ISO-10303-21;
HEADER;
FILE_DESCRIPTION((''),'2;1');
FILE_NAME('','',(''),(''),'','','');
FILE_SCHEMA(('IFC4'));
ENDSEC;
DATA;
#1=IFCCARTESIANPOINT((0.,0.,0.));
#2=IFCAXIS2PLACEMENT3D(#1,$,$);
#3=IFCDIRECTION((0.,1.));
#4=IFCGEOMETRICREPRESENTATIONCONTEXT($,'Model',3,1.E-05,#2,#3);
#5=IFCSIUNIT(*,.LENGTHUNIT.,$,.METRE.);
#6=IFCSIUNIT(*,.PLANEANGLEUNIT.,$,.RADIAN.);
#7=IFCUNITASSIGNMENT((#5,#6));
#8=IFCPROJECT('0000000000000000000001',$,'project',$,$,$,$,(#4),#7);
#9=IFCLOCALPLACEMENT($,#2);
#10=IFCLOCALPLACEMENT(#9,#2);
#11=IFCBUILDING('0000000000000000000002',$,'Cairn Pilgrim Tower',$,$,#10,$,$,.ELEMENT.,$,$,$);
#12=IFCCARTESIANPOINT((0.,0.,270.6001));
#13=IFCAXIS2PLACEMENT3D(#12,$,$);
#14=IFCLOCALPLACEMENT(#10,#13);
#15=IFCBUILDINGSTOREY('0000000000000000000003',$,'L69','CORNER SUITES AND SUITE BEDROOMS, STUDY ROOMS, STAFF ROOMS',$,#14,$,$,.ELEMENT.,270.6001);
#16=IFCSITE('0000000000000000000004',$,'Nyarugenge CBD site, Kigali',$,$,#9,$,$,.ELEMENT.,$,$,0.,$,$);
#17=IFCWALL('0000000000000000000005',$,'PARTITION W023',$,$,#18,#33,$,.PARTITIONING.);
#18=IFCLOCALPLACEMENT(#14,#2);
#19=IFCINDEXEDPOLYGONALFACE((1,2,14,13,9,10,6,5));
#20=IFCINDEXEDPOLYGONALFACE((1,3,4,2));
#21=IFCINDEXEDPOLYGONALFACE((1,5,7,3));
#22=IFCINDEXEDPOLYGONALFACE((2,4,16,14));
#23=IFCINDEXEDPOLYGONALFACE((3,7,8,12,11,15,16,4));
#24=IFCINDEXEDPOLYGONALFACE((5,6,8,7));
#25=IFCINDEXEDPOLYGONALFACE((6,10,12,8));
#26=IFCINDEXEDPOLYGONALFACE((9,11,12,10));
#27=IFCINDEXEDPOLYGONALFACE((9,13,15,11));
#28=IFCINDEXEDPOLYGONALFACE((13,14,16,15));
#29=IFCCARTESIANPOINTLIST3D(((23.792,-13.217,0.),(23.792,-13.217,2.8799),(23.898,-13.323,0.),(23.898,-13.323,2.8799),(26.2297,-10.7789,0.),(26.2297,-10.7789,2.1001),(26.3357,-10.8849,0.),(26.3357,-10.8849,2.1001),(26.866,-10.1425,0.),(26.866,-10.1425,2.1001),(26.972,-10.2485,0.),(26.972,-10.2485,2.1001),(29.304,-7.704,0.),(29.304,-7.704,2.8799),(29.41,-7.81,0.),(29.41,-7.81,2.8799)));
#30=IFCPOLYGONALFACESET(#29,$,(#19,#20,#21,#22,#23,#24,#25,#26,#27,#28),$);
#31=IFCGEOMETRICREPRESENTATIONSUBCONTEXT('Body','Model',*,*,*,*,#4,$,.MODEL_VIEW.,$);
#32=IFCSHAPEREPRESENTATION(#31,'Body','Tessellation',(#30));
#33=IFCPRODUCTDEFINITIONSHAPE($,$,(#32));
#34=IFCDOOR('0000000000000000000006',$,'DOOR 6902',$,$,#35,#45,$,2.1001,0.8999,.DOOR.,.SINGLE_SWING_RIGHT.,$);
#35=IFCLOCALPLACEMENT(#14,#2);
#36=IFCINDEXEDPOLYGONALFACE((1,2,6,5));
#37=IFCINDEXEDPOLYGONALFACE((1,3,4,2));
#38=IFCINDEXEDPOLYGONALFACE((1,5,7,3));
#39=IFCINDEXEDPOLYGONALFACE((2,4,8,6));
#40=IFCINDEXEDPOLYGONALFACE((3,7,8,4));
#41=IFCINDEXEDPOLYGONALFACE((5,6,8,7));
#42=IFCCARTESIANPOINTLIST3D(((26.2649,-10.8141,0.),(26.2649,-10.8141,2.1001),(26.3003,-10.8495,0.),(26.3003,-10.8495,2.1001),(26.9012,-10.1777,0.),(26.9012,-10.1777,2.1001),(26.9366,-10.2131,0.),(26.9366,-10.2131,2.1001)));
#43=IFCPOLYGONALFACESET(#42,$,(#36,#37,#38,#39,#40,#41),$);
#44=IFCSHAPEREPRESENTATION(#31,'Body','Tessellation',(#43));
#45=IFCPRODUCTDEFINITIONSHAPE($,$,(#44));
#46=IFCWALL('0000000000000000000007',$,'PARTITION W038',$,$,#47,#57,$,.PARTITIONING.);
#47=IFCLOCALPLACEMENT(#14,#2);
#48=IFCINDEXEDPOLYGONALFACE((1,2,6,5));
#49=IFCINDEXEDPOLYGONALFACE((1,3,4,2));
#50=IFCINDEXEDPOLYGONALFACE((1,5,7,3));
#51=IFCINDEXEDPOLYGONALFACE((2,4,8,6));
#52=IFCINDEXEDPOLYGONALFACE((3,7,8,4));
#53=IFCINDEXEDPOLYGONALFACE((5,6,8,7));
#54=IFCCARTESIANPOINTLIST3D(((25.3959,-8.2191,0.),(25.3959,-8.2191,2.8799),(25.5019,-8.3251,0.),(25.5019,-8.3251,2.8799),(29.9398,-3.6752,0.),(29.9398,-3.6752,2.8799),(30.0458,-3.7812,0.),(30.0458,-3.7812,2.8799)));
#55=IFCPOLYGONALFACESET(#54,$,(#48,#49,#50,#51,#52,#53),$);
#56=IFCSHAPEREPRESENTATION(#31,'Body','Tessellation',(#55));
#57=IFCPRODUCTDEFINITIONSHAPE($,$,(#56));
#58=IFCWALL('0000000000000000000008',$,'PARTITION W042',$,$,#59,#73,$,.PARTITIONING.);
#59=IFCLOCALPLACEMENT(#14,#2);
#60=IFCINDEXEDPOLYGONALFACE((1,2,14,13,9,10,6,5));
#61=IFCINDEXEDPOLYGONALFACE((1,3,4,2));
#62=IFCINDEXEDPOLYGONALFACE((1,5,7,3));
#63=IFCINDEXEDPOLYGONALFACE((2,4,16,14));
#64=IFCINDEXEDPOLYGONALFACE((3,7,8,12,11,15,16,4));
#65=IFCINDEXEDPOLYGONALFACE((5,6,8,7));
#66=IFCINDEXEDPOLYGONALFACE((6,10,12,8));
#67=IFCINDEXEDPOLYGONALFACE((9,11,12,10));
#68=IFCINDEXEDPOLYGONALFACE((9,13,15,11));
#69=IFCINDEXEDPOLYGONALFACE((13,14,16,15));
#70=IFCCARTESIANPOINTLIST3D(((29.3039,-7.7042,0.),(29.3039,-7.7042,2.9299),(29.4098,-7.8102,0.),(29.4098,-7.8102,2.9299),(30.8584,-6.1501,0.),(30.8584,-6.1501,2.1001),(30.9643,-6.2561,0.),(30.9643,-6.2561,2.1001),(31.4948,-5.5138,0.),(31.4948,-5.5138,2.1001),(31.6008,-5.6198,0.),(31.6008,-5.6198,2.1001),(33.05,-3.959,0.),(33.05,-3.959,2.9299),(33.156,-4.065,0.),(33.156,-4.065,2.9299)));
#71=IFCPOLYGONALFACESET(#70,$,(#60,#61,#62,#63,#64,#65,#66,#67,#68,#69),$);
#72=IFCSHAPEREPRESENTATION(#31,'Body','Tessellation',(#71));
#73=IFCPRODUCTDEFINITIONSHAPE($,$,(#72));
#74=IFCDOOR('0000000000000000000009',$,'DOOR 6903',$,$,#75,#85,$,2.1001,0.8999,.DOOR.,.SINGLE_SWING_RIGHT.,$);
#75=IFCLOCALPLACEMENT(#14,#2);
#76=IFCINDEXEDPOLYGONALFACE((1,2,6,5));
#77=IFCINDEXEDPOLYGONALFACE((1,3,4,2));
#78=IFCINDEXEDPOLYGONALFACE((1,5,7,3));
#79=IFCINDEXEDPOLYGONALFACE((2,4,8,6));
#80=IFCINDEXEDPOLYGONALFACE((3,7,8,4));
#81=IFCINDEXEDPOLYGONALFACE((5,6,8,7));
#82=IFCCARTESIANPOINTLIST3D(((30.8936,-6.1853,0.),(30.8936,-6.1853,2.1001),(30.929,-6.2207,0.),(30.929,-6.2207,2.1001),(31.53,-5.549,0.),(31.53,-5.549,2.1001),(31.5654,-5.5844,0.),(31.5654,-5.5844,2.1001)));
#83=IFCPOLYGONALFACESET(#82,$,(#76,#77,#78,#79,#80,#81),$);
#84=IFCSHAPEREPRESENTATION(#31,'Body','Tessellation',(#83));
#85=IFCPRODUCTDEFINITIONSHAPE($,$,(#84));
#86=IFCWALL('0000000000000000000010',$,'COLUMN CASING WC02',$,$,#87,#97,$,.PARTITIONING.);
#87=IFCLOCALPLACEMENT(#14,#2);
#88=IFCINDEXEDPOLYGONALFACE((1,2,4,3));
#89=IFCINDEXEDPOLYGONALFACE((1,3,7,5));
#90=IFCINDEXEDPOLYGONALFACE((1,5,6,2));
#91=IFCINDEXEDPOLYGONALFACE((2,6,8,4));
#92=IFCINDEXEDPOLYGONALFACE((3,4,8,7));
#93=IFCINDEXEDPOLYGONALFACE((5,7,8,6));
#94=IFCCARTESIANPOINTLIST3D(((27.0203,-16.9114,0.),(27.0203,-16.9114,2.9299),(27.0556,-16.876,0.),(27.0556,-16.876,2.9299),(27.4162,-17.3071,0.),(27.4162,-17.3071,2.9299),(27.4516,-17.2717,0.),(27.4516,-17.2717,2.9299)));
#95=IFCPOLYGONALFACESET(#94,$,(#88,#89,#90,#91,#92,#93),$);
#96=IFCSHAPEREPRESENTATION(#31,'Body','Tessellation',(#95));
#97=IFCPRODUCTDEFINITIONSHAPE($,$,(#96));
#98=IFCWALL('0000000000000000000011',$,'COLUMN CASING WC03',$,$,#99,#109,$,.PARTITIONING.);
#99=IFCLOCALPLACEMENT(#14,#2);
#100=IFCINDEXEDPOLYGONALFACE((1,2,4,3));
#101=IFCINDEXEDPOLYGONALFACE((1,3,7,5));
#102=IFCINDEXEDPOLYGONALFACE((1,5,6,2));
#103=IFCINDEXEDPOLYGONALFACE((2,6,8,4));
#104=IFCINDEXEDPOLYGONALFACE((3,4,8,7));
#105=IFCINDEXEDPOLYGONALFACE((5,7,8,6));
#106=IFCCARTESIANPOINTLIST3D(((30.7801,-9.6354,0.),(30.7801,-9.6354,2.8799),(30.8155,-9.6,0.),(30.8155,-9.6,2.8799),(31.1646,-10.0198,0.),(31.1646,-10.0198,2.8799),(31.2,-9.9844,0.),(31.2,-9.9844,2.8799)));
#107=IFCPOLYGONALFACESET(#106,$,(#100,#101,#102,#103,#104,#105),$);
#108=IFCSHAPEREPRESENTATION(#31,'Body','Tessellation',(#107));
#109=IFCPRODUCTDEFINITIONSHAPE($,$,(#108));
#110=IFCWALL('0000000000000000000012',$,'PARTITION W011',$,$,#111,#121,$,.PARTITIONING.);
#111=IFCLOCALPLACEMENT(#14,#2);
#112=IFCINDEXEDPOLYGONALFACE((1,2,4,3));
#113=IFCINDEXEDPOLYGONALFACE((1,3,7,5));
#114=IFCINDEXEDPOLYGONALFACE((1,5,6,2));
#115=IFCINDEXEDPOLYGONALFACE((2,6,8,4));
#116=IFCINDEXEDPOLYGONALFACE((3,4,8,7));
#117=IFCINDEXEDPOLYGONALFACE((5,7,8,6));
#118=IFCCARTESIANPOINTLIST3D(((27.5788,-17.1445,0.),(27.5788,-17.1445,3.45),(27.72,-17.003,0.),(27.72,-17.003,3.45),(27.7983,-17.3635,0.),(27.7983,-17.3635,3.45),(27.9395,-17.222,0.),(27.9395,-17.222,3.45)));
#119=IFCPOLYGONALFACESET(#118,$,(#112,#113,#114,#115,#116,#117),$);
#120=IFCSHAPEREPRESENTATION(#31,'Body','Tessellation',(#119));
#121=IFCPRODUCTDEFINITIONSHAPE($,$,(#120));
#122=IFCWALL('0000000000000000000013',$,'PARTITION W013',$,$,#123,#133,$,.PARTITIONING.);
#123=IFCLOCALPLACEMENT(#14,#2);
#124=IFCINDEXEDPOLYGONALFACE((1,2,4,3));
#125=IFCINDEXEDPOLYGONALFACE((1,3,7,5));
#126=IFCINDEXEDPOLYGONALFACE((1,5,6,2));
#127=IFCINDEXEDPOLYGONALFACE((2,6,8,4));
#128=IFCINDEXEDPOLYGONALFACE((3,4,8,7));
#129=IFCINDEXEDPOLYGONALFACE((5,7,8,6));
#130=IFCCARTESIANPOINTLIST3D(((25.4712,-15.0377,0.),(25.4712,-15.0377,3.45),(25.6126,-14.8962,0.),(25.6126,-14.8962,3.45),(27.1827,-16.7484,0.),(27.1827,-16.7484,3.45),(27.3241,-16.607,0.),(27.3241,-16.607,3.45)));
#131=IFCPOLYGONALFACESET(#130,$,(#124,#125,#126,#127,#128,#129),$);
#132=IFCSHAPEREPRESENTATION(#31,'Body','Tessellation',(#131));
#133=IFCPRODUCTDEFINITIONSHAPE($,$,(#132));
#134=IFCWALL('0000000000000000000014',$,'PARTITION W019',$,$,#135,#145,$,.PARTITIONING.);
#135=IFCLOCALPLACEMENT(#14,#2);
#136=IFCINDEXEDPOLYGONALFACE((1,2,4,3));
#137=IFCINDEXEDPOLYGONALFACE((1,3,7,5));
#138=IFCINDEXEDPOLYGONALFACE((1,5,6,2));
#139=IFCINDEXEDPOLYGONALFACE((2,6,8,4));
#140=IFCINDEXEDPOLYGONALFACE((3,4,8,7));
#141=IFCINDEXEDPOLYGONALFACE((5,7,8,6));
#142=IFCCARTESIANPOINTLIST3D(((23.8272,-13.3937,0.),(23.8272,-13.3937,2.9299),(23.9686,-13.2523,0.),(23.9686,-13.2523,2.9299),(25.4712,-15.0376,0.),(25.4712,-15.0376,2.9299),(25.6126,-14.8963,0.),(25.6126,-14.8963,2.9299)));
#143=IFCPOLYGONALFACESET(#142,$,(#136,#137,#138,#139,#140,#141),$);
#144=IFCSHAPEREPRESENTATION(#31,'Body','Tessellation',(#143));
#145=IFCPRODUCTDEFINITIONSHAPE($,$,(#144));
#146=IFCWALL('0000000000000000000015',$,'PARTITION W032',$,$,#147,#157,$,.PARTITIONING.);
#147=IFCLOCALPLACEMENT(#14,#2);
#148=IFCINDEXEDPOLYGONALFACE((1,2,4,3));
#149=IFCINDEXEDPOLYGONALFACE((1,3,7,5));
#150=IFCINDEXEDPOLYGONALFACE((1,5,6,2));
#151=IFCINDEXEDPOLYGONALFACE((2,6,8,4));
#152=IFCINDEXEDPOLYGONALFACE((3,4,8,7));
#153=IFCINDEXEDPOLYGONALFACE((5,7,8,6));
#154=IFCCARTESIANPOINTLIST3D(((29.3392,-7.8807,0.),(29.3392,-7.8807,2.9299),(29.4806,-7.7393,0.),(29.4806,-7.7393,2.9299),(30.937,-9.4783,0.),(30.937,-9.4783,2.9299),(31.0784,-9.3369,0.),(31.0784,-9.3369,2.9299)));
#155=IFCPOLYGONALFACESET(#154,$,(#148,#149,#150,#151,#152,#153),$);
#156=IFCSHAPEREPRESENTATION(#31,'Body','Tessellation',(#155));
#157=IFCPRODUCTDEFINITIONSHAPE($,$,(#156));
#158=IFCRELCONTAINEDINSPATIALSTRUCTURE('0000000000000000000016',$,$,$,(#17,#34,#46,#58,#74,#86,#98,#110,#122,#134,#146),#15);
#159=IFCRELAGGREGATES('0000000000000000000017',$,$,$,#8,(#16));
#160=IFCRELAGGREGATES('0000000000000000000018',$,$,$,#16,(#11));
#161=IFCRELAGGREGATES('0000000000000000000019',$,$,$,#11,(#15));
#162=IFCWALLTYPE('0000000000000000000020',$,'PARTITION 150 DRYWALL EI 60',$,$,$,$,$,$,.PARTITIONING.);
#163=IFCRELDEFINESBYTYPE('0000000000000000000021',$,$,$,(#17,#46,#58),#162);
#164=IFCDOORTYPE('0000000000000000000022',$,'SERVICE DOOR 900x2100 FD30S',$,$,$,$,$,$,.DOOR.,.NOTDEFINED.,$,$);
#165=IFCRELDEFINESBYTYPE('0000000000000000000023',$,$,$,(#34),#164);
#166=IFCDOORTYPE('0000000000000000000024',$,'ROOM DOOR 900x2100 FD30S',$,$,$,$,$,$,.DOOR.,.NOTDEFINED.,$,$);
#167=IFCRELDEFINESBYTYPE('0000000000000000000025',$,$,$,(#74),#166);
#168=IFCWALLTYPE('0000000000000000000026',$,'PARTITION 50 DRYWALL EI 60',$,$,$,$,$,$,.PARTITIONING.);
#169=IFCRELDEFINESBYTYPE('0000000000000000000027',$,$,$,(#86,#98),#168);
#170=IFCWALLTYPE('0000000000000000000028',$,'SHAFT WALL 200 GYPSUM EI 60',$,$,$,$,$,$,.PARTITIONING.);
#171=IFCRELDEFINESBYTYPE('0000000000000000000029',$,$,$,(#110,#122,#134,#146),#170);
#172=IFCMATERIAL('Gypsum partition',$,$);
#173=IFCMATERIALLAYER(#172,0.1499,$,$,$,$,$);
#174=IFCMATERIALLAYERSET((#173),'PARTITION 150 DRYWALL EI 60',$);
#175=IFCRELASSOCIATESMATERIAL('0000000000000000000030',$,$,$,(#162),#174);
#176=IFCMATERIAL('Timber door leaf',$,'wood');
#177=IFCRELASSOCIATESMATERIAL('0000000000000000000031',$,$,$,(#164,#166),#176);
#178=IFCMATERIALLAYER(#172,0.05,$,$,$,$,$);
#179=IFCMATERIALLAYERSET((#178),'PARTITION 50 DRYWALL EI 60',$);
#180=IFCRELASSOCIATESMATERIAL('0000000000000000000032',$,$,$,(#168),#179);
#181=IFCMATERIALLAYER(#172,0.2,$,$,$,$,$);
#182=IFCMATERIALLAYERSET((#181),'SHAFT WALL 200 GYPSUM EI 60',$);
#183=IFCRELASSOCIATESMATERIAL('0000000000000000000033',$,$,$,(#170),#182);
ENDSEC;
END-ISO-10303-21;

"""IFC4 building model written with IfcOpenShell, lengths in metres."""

from ifc_helpers import new_model, si_unit, direction, frame, frame_2d, origin, place, context, subcontext, project, spatial, rectangle, extrude, material, layer, layer_set, type_object, element, fill, save


model = new_model("IFC4")

# Units and contexts
model_context = context("Model", 3, precision=1e-05, world=origin(), true_north=direction((0.0, 1.0)))
body_context = subcontext(model_context, "Body", "Model", "MODEL_VIEW")
ifc_project = project(units=[si_unit("LENGTHUNIT", "METRE"), si_unit("PLANEANGLEUNIT", "RADIAN")], contexts=[model_context])

# Site, building, storey
site_placement = place(None, origin())
site = spatial("IfcSite", under=ifc_project, at=site_placement, Name="Nyarugenge CBD site, Kigali", CompositionType="ELEMENT", RefElevation=0.0)
building_placement = place(site_placement, origin())
building = spatial("IfcBuilding", under=site, at=building_placement, Name="Cairn Pilgrim Tower", CompositionType="ELEMENT")
storey_placement = place(building_placement, frame((0.0, 0.0, 270.6001)))
storey = spatial("IfcBuildingStorey", under=building, at=storey_placement, Name="L69", Description="CORNER SUITES AND SUITE BEDROOMS, STUDY ROOMS, STAFF ROOMS", CompositionType="ELEMENT", Elevation=270.6001)

# Shared definitions
ifc_material_1 = material(Name="Gypsum partition")
ifc_material_2 = material(Name="Timber door leaf", Category="wood")

# Wall, opening, door
ifc_layer_1 = layer(ifc_material_1, 0.1499)
ifc_layer_set_1 = layer_set([ifc_layer_1], Name="PARTITION 150 DRYWALL EI 60")
wall_type_1 = type_object("IfcWallType", Name="PARTITION 150 DRYWALL EI 60", PredefinedType="PARTITIONING", material=ifc_layer_set_1)
wall_1_placement = place(storey_placement, frame((23.845, -13.27, 0.0), z_axis=(0.0, 0.0, 1.0), x_axis=(0.707044, 0.707169, 0.0)))
wall_1 = element("IfcWall", 1, at=wall_1_placement, inside=storey, type_object=wall_type_1, Name="PARTITION W023", PredefinedType="PARTITIONING", context=body_context, shape_type="SweptSolid", body=[
    extrude(rectangle(XDim=7.7959, YDim=0.1499, at=frame_2d((3.8979, 0.0))), origin(), (0.0, 0.0, 1.0), 2.8799),
])
opening_1_placement = place(wall_1_placement, frame((3.4478, 0.0, 0.0)))
opening_1 = element("IfcOpeningElement", 2, at=opening_1_placement, cuts=wall_1, PredefinedType="OPENING", context=body_context, shape_type="SweptSolid", body=[
    extrude(rectangle(XDim=0.8999, YDim=2.1001, at=frame_2d((0.45, 1.05))), frame((0.0, 0.085, 0.0), z_axis=(0.0, -1.0, 0.0), x_axis=(1.0, 0.0, 0.0)), (0.0, 0.0, 1.0), 0.1699),
])
door_type_1 = type_object("IfcDoorType", Name="SERVICE DOOR 900x2100 FD30S", OperationType="NOTDEFINED", PredefinedType="DOOR", material=ifc_material_2)
door_1_placement = place(opening_1_placement, frame((0.8999, 0.0, 0.0), z_axis=(0.0, 0.0, 1.0), x_axis=(-1.0, 0.0, 0.0)))
door_1 = element("IfcDoor", 3, at=door_1_placement, inside=storey, type_object=door_type_1, Name="DOOR 6902", OperationType="SINGLE_SWING_RIGHT", OverallHeight=2.1001, OverallWidth=0.8999, PredefinedType="DOOR", context=body_context, shape_type="SweptSolid", body=[
    extrude(rectangle(XDim=0.8999, YDim=2.1001, at=frame_2d((0.45, 1.05))), frame((0.0, 0.0249, 0.0), z_axis=(0.0, -1.0, 0.0), x_axis=(1.0, 0.0, 0.0)), (0.0, 0.0, 1.0), 0.05),
])
fill(opening_1, door_1)

# Wall
wall_2_placement = place(storey_placement, frame((25.449, -8.272, 0.0), z_axis=(0.0, 0.0, 1.0), x_axis=(0.707107, 0.707107, 0.0)))
element("IfcWall", 4, at=wall_2_placement, inside=storey, type_object=wall_type_1, Name="PARTITION W038", PredefinedType="PARTITIONING", context=body_context, shape_type="SweptSolid", body=[
    extrude(rectangle(XDim=6.426, YDim=0.1499, at=frame_2d((3.2129, 0.0))), origin(), (0.0, 0.0, 1.0), 2.8799),
])

# Wall, opening, door
wall_3_placement = place(storey_placement, frame((29.3569, -7.7571, 0.0), z_axis=(0.0, 0.0, 1.0), x_axis=(0.707199, 0.707015, 0.0)))
wall_3 = element("IfcWall", 5, at=wall_3_placement, inside=storey, type_object=wall_type_1, Name="PARTITION W042", PredefinedType="PARTITIONING", context=body_context, shape_type="SweptSolid", body=[
    extrude(rectangle(XDim=5.2971, YDim=0.1499, at=frame_2d((2.6484, 0.0))), origin(), (0.0, 0.0, 1.0), 2.9299),
])
opening_2_placement = place(wall_3_placement, frame((2.198, 0.0, 0.0)))
opening_2 = element("IfcOpeningElement", 6, at=opening_2_placement, cuts=wall_3, PredefinedType="OPENING", context=body_context, shape_type="SweptSolid", body=[
    extrude(rectangle(XDim=0.8999, YDim=2.1001, at=frame_2d((0.45, 1.05))), frame((0.0, 0.085, 0.0), z_axis=(0.0, -1.0, 0.0), x_axis=(1.0, 0.0, 0.0)), (0.0, 0.0, 1.0), 0.1699),
])
door_type_2 = type_object("IfcDoorType", Name="ROOM DOOR 900x2100 FD30S", OperationType="NOTDEFINED", PredefinedType="DOOR", material=ifc_material_2)
door_2_placement = place(opening_2_placement, frame((0.8999, 0.0, 0.0), z_axis=(0.0, 0.0, 1.0), x_axis=(-1.0, 0.0, 0.0)))
door_2 = element("IfcDoor", 7, at=door_2_placement, inside=storey, type_object=door_type_2, Name="DOOR 6903", OperationType="SINGLE_SWING_RIGHT", OverallHeight=2.1001, OverallWidth=0.8999, PredefinedType="DOOR", context=body_context, shape_type="SweptSolid", body=[
    extrude(rectangle(XDim=0.8999, YDim=2.1001, at=frame_2d((0.45, 1.05))), frame((0.0, 0.0249, 0.0), z_axis=(0.0, -1.0, 0.0), x_axis=(1.0, 0.0, 0.0)), (0.0, 0.0, 1.0), 0.05),
])
fill(opening_2, door_2)

# Walls
ifc_layer_2 = layer(ifc_material_1, 0.05)
ifc_layer_set_2 = layer_set([ifc_layer_2], Name="PARTITION 50 DRYWALL EI 60")
wall_type_2 = type_object("IfcWallType", Name="PARTITION 50 DRYWALL EI 60", PredefinedType="PARTITIONING", material=ifc_layer_set_2)
wall_4_placement = place(storey_placement, frame((27.4338, -17.2893, 0.0), z_axis=(0.0, 0.0, 1.0), x_axis=(-0.707325, 0.706889, 0.0)))
element("IfcWall", 8, at=wall_4_placement, inside=storey, type_object=wall_type_2, Name="COLUMN CASING WC02", PredefinedType="PARTITIONING", context=body_context, shape_type="SweptSolid", body=[
    extrude(rectangle(XDim=0.5598, YDim=0.05, at=frame_2d((0.2798, 0.0))), origin(), (0.0, 0.0, 1.0), 2.9299),
])
wall_5_placement = place(storey_placement, frame((31.1824, -10.0022, 0.0), z_axis=(0.0, 0.0, 1.0), x_axis=(-0.707107, 0.707107, 0.0)))
element("IfcWall", 9, at=wall_5_placement, inside=storey, type_object=wall_type_2, Name="COLUMN CASING WC03", PredefinedType="PARTITIONING", context=body_context, shape_type="SweptSolid", body=[
    extrude(rectangle(XDim=0.5437, YDim=0.05, at=frame_2d((0.272, 0.0))), origin(), (0.0, 0.0, 1.0), 2.8799),
])
ifc_layer_3 = layer(ifc_material_1, 0.2)
ifc_layer_set_3 = layer_set([ifc_layer_3], Name="SHAFT WALL 200 GYPSUM EI 60")
wall_type_3 = type_object("IfcWallType", Name="SHAFT WALL 200 GYPSUM EI 60", PredefinedType="PARTITIONING", material=ifc_layer_set_3)
wall_6_placement = place(storey_placement, frame((27.8689, -17.2927, 0.0), z_axis=(0.0, 0.0, 1.0), x_axis=(-0.707894, 0.706319, 0.0)))
element("IfcWall", 10, at=wall_6_placement, inside=storey, type_object=wall_type_3, Name="PARTITION W011", PredefinedType="PARTITIONING", context=body_context, shape_type="SweptSolid", body=[
    extrude(rectangle(XDim=0.3101, YDim=0.2, at=frame_2d((0.155, 0.0))), origin(), (0.0, 0.0, 1.0), 3.45),
])
wall_7_placement = place(storey_placement, frame((27.2534, -16.6777, 0.0), z_axis=(0.0, 0.0, 1.0), x_axis=(-0.707258, 0.706955, 0.0)))
element("IfcWall", 11, at=wall_7_placement, inside=storey, type_object=wall_type_3, Name="PARTITION W013", PredefinedType="PARTITIONING", context=body_context, shape_type="SweptSolid", body=[
    extrude(rectangle(XDim=2.4199, YDim=0.2, at=frame_2d((1.21, 0.0))), origin(), (0.0, 0.0, 1.0), 3.45),
])
wall_8_placement = place(storey_placement, frame((25.542, -14.967, 0.0), z_axis=(0.0, 0.0, 1.0), x_axis=(-0.707107, 0.707107, 0.0)))
element("IfcWall", 12, at=wall_8_placement, inside=storey, type_object=wall_type_3, Name="PARTITION W019", PredefinedType="PARTITIONING", context=body_context, shape_type="SweptSolid", body=[
    extrude(rectangle(XDim=2.325, YDim=0.2, at=frame_2d((1.1626, 0.0))), origin(), (0.0, 0.0, 1.0), 2.9299),
])
wall_9_placement = place(storey_placement, frame((31.0078, -9.4077, 0.0), z_axis=(0.0, 0.0, 1.0), x_axis=(-0.707161, 0.707053, 0.0)))
element("IfcWall", 13, at=wall_9_placement, inside=storey, type_object=wall_type_3, Name="PARTITION W032", PredefinedType="PARTITIONING", context=body_context, shape_type="SweptSolid", body=[
    extrude(rectangle(XDim=2.2595, YDim=0.2, at=frame_2d((1.1299, 0.0))), origin(), (0.0, 0.0, 1.0), 2.9299),
])

save(model, "model.ifc")
